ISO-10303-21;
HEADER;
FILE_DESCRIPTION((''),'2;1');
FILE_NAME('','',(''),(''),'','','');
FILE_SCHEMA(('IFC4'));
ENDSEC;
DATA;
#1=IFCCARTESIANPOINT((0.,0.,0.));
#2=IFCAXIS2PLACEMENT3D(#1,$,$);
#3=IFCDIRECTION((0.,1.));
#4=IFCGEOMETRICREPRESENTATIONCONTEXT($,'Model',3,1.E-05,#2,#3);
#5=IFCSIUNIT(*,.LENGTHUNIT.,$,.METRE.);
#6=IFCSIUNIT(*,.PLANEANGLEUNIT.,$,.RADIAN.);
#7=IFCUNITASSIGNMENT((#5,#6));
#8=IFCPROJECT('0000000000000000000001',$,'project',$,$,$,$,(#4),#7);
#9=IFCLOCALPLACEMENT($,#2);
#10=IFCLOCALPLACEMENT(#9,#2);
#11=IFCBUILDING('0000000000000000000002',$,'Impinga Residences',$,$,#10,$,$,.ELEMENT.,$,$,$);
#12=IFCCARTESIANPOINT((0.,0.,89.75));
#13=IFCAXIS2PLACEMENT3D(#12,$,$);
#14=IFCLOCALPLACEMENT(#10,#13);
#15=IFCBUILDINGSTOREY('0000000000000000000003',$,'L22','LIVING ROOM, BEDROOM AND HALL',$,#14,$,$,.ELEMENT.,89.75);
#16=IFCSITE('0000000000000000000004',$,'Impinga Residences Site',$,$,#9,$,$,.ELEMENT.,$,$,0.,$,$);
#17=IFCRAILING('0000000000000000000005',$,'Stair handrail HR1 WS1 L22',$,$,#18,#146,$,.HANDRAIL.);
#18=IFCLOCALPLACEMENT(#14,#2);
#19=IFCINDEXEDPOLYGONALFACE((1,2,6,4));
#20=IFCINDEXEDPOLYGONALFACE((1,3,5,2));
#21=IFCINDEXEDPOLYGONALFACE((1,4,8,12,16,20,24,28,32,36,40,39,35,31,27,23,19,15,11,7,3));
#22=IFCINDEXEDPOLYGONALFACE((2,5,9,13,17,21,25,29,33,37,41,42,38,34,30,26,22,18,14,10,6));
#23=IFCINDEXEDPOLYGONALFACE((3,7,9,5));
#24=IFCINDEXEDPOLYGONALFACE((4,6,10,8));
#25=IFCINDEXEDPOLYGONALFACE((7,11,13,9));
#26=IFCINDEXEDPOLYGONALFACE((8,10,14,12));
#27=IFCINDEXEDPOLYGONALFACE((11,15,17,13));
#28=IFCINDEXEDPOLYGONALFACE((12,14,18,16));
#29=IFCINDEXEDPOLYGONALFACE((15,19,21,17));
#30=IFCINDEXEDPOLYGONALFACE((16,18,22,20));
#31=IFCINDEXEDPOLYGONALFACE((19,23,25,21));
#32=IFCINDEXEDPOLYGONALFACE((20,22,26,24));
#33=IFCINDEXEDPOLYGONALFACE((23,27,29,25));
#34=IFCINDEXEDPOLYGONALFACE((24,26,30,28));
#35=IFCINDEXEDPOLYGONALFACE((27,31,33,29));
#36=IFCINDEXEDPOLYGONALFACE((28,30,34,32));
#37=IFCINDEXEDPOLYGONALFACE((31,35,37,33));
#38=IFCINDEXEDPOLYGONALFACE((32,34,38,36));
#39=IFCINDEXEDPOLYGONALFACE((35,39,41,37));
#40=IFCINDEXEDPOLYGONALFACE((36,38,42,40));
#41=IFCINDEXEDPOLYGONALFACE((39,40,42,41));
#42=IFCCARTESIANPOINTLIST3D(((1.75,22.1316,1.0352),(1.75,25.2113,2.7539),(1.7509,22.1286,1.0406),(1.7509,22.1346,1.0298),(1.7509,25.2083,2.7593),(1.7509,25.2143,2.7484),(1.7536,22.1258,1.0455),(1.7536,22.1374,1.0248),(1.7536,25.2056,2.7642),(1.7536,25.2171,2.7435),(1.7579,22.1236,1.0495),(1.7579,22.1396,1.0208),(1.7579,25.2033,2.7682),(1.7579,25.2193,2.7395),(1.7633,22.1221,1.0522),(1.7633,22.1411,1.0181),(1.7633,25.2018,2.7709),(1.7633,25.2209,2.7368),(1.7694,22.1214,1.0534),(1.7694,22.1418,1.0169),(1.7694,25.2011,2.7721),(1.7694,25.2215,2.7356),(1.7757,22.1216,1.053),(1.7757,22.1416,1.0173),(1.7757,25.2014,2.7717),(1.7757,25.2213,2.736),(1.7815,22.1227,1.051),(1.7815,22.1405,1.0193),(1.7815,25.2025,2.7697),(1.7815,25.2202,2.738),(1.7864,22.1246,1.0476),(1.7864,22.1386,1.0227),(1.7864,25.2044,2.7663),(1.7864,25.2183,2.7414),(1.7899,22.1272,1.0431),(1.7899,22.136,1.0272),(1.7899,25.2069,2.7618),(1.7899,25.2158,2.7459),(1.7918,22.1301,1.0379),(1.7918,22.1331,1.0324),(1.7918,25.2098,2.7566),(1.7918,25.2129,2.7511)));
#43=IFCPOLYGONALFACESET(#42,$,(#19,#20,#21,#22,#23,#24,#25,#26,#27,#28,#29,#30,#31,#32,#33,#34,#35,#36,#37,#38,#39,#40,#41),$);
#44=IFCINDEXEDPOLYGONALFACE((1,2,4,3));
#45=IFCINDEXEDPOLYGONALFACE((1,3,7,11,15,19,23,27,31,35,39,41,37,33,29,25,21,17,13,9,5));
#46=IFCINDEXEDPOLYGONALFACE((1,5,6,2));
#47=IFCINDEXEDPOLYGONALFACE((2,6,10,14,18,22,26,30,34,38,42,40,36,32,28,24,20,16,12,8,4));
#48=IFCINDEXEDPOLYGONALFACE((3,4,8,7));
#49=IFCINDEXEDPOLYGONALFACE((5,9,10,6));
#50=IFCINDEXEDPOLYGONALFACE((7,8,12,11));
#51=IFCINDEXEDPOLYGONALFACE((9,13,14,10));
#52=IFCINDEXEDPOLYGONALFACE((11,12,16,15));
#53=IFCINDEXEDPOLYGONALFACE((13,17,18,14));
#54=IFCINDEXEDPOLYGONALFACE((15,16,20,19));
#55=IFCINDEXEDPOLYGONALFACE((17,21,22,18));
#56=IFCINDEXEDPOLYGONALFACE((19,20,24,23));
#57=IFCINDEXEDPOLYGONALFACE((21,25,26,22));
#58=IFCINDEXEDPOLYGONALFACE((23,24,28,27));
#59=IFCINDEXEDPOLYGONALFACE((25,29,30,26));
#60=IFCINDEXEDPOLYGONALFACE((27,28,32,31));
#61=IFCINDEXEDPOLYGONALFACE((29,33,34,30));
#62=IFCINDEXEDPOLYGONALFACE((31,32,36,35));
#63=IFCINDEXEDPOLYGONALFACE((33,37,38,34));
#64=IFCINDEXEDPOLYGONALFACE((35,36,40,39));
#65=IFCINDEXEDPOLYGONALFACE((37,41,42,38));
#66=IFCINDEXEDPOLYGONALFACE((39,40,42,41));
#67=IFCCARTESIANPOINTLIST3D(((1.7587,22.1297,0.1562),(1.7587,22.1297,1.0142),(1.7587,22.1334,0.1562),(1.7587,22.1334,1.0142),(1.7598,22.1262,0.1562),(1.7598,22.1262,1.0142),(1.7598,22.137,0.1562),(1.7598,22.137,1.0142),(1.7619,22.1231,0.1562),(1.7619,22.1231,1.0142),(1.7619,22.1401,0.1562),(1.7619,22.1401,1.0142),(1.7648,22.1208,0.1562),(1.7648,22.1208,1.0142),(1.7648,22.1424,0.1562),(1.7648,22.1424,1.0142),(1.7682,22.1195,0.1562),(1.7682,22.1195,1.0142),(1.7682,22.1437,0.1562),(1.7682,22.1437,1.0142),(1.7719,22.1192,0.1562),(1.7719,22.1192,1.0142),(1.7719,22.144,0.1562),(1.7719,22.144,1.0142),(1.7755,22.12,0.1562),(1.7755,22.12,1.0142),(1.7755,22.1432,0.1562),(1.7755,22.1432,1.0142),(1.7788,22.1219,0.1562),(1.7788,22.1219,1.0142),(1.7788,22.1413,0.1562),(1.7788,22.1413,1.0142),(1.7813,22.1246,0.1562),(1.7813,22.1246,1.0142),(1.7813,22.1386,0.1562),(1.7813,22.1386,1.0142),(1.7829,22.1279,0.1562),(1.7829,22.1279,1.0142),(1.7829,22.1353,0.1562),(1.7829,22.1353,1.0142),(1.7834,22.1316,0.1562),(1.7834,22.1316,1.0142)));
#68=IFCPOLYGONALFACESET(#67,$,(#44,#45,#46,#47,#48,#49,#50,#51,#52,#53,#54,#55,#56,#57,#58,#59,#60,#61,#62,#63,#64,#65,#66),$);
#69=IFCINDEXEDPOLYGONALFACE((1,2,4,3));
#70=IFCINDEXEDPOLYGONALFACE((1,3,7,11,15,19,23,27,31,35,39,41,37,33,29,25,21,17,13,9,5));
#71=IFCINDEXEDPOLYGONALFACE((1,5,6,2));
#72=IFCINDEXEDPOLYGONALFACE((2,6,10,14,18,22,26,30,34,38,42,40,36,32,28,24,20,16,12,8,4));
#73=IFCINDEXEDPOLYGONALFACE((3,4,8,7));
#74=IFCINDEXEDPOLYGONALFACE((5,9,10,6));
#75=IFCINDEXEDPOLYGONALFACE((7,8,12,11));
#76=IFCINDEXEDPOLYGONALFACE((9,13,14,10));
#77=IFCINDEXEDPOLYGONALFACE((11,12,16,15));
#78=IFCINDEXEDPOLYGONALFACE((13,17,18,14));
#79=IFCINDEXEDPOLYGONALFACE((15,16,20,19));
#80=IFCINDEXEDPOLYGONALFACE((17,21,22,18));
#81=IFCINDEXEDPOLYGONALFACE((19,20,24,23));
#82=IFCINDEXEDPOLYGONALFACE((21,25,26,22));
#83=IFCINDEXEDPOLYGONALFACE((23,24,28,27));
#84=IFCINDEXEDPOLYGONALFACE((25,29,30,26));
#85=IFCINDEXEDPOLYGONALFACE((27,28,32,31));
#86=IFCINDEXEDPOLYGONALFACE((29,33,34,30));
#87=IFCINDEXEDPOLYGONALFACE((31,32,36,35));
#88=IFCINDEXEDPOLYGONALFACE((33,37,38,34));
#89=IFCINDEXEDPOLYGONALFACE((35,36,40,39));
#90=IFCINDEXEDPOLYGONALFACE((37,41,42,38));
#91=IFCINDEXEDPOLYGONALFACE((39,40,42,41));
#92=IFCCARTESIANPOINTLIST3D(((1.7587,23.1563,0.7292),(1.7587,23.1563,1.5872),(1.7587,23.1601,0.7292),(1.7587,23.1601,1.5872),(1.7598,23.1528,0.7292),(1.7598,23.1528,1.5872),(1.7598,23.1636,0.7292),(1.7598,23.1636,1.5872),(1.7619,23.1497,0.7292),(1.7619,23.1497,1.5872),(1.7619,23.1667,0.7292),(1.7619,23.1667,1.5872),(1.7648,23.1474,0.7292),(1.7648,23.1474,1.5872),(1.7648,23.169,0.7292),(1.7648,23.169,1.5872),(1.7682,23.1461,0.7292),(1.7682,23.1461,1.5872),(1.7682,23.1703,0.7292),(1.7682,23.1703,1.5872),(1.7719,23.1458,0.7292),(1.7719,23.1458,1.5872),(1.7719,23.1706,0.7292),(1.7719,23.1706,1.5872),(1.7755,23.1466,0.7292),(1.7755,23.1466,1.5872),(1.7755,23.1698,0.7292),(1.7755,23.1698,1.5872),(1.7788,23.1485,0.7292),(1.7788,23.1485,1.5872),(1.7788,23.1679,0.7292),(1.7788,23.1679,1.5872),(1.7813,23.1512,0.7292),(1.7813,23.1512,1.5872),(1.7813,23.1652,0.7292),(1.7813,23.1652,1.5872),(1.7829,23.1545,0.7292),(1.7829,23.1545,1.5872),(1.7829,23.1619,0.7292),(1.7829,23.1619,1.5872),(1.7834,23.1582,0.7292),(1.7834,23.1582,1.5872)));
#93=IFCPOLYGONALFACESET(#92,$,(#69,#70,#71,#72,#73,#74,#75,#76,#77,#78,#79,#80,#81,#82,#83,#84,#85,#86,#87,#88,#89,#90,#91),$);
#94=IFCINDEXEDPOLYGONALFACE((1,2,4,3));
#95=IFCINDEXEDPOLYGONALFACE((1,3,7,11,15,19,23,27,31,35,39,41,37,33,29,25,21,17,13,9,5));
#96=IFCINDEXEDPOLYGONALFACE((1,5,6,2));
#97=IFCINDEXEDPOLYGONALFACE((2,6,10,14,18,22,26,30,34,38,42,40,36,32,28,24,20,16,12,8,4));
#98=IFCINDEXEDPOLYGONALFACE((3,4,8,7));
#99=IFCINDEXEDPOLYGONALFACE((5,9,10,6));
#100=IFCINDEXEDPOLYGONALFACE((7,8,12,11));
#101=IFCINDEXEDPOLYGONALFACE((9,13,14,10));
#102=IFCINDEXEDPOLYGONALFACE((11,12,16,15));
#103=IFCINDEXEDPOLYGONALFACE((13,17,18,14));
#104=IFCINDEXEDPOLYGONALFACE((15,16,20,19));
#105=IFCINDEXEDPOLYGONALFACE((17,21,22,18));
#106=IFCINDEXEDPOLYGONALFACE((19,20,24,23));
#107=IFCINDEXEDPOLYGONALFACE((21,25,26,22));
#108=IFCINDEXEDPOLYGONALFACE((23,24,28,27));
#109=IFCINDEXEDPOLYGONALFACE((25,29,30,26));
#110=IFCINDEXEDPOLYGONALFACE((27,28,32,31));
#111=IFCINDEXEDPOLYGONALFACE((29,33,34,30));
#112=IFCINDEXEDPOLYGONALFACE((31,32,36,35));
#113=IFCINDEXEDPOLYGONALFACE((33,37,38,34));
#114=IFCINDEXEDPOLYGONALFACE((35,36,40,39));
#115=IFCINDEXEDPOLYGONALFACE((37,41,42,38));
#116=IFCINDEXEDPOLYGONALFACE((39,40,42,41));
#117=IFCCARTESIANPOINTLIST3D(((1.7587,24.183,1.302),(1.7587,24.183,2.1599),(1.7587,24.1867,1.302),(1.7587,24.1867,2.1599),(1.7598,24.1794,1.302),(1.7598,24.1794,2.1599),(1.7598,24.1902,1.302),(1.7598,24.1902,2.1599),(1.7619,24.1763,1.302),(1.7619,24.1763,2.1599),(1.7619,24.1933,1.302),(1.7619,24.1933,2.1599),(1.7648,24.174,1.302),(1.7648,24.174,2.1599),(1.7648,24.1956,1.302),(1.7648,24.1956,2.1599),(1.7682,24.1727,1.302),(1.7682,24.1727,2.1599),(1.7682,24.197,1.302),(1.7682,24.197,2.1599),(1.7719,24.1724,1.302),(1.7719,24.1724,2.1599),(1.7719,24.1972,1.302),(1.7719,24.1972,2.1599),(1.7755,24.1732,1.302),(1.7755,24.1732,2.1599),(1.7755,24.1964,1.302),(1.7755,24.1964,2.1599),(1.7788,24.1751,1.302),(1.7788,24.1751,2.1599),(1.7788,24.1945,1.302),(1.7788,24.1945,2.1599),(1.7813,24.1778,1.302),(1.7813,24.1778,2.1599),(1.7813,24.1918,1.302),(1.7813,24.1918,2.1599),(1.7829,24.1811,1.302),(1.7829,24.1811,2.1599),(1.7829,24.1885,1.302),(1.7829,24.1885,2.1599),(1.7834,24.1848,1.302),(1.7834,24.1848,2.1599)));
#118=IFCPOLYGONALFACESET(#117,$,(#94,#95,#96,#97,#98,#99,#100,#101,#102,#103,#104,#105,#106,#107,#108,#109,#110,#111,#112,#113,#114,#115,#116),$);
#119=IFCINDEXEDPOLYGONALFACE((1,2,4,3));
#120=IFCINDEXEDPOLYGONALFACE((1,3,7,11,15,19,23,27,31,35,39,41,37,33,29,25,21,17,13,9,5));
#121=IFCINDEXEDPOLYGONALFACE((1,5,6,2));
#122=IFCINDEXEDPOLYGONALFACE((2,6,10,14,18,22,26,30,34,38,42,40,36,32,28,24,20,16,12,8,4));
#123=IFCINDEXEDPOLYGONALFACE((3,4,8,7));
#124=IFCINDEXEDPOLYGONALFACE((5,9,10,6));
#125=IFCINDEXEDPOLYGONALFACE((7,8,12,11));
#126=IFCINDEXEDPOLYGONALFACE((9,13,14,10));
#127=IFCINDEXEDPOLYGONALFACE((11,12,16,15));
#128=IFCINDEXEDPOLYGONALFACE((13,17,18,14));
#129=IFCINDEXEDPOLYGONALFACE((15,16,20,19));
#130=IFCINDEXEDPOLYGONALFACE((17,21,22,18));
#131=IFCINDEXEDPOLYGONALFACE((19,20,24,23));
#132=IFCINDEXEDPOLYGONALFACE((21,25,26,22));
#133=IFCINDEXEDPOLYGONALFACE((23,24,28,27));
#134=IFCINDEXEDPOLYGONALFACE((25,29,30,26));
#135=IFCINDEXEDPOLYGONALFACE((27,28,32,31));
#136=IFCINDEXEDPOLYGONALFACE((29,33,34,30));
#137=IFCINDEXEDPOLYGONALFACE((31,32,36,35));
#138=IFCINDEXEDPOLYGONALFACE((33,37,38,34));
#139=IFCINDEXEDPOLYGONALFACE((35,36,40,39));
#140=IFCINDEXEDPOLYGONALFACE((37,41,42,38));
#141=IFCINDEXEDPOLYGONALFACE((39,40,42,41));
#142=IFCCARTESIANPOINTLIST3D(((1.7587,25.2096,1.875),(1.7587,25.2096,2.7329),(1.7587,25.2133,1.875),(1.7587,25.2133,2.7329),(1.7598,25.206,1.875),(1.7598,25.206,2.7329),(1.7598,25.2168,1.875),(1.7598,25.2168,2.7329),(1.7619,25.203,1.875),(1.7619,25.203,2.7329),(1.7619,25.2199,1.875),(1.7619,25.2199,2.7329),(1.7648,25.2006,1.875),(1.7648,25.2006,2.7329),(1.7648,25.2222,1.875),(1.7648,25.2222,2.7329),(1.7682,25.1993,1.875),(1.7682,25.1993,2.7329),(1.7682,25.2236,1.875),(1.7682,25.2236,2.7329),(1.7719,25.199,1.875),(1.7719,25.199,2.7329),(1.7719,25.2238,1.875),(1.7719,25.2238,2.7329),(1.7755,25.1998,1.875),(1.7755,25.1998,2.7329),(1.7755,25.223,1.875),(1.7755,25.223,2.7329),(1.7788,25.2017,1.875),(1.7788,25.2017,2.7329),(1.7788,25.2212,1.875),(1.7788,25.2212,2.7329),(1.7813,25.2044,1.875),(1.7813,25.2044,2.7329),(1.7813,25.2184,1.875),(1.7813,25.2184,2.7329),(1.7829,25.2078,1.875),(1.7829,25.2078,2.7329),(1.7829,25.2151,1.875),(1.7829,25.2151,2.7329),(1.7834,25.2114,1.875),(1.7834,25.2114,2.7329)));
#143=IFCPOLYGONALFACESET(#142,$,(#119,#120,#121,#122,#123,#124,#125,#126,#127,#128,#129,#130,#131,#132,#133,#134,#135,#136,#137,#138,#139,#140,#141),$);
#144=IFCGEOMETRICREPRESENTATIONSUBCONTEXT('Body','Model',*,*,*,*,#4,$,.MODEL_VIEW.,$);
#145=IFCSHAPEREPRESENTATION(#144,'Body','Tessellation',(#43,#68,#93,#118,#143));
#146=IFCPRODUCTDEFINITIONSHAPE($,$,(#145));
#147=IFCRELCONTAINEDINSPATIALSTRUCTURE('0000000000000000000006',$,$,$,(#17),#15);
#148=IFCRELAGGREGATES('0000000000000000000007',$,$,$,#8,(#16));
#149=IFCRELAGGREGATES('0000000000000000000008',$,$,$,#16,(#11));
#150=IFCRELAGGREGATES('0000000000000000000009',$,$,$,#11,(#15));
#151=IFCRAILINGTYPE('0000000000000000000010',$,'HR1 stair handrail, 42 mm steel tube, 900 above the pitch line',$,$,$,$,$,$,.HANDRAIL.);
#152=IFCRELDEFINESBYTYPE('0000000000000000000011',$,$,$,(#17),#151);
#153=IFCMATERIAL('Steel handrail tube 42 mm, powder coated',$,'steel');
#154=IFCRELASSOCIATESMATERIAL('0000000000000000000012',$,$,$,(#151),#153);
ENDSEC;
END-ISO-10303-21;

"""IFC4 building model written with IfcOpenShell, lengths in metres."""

from ifc_helpers import new_model, si_unit, direction, frame, origin, origin_2d, place, context, subcontext, project, spatial, circle, extrude, material, type_object, element, save


model = new_model("IFC4")

# Units and contexts
model_context = context("Model", 3, precision=1e-05, world=origin(), true_north=direction((0.0, 1.0)))
body_context = subcontext(model_context, "Body", "Model", "MODEL_VIEW")
ifc_project = project(units=[si_unit("LENGTHUNIT", "METRE"), si_unit("PLANEANGLEUNIT", "RADIAN")], contexts=[model_context])

# Site, building, storey
site_placement = place(None, origin())
site = spatial("IfcSite", under=ifc_project, at=site_placement, Name="Impinga Residences Site", CompositionType="ELEMENT", RefElevation=0.0)
building_placement = place(site_placement, origin())
building = spatial("IfcBuilding", under=site, at=building_placement, Name="Impinga Residences", CompositionType="ELEMENT")
storey_placement = place(building_placement, frame((0.0, 0.0, 89.75)))
storey = spatial("IfcBuildingStorey", under=building, at=storey_placement, Name="L22", Description="LIVING ROOM, BEDROOM AND HALL", CompositionType="ELEMENT", Elevation=89.75)

# Railing
ifc_material_1 = material(Name="Steel handrail tube 42 mm, powder coated", Category="steel")
railing_type_1 = type_object("IfcRailingType", Name="HR1 stair handrail, 42 mm steel tube, 900 above the pitch line", PredefinedType="HANDRAIL", material=ifc_material_1)
railing_1_placement = place(storey_placement, frame((1.771, 22.1316, 0.1562)))
element("IfcRailing", 1, at=railing_1_placement, inside=storey, type_object=railing_type_1, Name="Stair handrail HR1 WS1 L22", PredefinedType="HANDRAIL", context=body_context, shape_type="SweptSolid", body=[
    extrude(circle(Radius=0.021, at=origin_2d()), frame((0.0, 0.0, 0.8789), z_axis=(0.0, 0.873225, 0.487317), x_axis=(-1.0, 0.0, 0.0)), (0.0, 0.0, 1.0), 3.5269),
    extrude(circle(Radius=0.0125, at=origin_2d()), origin(), (0.0, 0.0, 1.0), 0.8579),
    extrude(circle(Radius=0.0125, at=origin_2d()), frame((0.0, 1.0266, 0.573)), (0.0, 0.0, 1.0), 0.8579),
    extrude(circle(Radius=0.0125, at=origin_2d()), frame((0.0, 2.0532, 1.1458)), (0.0, 0.0, 1.0), 0.8579),
    extrude(circle(Radius=0.0125, at=origin_2d()), frame((0.0, 3.0798, 1.7188)), (0.0, 0.0, 1.0), 0.8579),
])

save(model, "model.ifc")
